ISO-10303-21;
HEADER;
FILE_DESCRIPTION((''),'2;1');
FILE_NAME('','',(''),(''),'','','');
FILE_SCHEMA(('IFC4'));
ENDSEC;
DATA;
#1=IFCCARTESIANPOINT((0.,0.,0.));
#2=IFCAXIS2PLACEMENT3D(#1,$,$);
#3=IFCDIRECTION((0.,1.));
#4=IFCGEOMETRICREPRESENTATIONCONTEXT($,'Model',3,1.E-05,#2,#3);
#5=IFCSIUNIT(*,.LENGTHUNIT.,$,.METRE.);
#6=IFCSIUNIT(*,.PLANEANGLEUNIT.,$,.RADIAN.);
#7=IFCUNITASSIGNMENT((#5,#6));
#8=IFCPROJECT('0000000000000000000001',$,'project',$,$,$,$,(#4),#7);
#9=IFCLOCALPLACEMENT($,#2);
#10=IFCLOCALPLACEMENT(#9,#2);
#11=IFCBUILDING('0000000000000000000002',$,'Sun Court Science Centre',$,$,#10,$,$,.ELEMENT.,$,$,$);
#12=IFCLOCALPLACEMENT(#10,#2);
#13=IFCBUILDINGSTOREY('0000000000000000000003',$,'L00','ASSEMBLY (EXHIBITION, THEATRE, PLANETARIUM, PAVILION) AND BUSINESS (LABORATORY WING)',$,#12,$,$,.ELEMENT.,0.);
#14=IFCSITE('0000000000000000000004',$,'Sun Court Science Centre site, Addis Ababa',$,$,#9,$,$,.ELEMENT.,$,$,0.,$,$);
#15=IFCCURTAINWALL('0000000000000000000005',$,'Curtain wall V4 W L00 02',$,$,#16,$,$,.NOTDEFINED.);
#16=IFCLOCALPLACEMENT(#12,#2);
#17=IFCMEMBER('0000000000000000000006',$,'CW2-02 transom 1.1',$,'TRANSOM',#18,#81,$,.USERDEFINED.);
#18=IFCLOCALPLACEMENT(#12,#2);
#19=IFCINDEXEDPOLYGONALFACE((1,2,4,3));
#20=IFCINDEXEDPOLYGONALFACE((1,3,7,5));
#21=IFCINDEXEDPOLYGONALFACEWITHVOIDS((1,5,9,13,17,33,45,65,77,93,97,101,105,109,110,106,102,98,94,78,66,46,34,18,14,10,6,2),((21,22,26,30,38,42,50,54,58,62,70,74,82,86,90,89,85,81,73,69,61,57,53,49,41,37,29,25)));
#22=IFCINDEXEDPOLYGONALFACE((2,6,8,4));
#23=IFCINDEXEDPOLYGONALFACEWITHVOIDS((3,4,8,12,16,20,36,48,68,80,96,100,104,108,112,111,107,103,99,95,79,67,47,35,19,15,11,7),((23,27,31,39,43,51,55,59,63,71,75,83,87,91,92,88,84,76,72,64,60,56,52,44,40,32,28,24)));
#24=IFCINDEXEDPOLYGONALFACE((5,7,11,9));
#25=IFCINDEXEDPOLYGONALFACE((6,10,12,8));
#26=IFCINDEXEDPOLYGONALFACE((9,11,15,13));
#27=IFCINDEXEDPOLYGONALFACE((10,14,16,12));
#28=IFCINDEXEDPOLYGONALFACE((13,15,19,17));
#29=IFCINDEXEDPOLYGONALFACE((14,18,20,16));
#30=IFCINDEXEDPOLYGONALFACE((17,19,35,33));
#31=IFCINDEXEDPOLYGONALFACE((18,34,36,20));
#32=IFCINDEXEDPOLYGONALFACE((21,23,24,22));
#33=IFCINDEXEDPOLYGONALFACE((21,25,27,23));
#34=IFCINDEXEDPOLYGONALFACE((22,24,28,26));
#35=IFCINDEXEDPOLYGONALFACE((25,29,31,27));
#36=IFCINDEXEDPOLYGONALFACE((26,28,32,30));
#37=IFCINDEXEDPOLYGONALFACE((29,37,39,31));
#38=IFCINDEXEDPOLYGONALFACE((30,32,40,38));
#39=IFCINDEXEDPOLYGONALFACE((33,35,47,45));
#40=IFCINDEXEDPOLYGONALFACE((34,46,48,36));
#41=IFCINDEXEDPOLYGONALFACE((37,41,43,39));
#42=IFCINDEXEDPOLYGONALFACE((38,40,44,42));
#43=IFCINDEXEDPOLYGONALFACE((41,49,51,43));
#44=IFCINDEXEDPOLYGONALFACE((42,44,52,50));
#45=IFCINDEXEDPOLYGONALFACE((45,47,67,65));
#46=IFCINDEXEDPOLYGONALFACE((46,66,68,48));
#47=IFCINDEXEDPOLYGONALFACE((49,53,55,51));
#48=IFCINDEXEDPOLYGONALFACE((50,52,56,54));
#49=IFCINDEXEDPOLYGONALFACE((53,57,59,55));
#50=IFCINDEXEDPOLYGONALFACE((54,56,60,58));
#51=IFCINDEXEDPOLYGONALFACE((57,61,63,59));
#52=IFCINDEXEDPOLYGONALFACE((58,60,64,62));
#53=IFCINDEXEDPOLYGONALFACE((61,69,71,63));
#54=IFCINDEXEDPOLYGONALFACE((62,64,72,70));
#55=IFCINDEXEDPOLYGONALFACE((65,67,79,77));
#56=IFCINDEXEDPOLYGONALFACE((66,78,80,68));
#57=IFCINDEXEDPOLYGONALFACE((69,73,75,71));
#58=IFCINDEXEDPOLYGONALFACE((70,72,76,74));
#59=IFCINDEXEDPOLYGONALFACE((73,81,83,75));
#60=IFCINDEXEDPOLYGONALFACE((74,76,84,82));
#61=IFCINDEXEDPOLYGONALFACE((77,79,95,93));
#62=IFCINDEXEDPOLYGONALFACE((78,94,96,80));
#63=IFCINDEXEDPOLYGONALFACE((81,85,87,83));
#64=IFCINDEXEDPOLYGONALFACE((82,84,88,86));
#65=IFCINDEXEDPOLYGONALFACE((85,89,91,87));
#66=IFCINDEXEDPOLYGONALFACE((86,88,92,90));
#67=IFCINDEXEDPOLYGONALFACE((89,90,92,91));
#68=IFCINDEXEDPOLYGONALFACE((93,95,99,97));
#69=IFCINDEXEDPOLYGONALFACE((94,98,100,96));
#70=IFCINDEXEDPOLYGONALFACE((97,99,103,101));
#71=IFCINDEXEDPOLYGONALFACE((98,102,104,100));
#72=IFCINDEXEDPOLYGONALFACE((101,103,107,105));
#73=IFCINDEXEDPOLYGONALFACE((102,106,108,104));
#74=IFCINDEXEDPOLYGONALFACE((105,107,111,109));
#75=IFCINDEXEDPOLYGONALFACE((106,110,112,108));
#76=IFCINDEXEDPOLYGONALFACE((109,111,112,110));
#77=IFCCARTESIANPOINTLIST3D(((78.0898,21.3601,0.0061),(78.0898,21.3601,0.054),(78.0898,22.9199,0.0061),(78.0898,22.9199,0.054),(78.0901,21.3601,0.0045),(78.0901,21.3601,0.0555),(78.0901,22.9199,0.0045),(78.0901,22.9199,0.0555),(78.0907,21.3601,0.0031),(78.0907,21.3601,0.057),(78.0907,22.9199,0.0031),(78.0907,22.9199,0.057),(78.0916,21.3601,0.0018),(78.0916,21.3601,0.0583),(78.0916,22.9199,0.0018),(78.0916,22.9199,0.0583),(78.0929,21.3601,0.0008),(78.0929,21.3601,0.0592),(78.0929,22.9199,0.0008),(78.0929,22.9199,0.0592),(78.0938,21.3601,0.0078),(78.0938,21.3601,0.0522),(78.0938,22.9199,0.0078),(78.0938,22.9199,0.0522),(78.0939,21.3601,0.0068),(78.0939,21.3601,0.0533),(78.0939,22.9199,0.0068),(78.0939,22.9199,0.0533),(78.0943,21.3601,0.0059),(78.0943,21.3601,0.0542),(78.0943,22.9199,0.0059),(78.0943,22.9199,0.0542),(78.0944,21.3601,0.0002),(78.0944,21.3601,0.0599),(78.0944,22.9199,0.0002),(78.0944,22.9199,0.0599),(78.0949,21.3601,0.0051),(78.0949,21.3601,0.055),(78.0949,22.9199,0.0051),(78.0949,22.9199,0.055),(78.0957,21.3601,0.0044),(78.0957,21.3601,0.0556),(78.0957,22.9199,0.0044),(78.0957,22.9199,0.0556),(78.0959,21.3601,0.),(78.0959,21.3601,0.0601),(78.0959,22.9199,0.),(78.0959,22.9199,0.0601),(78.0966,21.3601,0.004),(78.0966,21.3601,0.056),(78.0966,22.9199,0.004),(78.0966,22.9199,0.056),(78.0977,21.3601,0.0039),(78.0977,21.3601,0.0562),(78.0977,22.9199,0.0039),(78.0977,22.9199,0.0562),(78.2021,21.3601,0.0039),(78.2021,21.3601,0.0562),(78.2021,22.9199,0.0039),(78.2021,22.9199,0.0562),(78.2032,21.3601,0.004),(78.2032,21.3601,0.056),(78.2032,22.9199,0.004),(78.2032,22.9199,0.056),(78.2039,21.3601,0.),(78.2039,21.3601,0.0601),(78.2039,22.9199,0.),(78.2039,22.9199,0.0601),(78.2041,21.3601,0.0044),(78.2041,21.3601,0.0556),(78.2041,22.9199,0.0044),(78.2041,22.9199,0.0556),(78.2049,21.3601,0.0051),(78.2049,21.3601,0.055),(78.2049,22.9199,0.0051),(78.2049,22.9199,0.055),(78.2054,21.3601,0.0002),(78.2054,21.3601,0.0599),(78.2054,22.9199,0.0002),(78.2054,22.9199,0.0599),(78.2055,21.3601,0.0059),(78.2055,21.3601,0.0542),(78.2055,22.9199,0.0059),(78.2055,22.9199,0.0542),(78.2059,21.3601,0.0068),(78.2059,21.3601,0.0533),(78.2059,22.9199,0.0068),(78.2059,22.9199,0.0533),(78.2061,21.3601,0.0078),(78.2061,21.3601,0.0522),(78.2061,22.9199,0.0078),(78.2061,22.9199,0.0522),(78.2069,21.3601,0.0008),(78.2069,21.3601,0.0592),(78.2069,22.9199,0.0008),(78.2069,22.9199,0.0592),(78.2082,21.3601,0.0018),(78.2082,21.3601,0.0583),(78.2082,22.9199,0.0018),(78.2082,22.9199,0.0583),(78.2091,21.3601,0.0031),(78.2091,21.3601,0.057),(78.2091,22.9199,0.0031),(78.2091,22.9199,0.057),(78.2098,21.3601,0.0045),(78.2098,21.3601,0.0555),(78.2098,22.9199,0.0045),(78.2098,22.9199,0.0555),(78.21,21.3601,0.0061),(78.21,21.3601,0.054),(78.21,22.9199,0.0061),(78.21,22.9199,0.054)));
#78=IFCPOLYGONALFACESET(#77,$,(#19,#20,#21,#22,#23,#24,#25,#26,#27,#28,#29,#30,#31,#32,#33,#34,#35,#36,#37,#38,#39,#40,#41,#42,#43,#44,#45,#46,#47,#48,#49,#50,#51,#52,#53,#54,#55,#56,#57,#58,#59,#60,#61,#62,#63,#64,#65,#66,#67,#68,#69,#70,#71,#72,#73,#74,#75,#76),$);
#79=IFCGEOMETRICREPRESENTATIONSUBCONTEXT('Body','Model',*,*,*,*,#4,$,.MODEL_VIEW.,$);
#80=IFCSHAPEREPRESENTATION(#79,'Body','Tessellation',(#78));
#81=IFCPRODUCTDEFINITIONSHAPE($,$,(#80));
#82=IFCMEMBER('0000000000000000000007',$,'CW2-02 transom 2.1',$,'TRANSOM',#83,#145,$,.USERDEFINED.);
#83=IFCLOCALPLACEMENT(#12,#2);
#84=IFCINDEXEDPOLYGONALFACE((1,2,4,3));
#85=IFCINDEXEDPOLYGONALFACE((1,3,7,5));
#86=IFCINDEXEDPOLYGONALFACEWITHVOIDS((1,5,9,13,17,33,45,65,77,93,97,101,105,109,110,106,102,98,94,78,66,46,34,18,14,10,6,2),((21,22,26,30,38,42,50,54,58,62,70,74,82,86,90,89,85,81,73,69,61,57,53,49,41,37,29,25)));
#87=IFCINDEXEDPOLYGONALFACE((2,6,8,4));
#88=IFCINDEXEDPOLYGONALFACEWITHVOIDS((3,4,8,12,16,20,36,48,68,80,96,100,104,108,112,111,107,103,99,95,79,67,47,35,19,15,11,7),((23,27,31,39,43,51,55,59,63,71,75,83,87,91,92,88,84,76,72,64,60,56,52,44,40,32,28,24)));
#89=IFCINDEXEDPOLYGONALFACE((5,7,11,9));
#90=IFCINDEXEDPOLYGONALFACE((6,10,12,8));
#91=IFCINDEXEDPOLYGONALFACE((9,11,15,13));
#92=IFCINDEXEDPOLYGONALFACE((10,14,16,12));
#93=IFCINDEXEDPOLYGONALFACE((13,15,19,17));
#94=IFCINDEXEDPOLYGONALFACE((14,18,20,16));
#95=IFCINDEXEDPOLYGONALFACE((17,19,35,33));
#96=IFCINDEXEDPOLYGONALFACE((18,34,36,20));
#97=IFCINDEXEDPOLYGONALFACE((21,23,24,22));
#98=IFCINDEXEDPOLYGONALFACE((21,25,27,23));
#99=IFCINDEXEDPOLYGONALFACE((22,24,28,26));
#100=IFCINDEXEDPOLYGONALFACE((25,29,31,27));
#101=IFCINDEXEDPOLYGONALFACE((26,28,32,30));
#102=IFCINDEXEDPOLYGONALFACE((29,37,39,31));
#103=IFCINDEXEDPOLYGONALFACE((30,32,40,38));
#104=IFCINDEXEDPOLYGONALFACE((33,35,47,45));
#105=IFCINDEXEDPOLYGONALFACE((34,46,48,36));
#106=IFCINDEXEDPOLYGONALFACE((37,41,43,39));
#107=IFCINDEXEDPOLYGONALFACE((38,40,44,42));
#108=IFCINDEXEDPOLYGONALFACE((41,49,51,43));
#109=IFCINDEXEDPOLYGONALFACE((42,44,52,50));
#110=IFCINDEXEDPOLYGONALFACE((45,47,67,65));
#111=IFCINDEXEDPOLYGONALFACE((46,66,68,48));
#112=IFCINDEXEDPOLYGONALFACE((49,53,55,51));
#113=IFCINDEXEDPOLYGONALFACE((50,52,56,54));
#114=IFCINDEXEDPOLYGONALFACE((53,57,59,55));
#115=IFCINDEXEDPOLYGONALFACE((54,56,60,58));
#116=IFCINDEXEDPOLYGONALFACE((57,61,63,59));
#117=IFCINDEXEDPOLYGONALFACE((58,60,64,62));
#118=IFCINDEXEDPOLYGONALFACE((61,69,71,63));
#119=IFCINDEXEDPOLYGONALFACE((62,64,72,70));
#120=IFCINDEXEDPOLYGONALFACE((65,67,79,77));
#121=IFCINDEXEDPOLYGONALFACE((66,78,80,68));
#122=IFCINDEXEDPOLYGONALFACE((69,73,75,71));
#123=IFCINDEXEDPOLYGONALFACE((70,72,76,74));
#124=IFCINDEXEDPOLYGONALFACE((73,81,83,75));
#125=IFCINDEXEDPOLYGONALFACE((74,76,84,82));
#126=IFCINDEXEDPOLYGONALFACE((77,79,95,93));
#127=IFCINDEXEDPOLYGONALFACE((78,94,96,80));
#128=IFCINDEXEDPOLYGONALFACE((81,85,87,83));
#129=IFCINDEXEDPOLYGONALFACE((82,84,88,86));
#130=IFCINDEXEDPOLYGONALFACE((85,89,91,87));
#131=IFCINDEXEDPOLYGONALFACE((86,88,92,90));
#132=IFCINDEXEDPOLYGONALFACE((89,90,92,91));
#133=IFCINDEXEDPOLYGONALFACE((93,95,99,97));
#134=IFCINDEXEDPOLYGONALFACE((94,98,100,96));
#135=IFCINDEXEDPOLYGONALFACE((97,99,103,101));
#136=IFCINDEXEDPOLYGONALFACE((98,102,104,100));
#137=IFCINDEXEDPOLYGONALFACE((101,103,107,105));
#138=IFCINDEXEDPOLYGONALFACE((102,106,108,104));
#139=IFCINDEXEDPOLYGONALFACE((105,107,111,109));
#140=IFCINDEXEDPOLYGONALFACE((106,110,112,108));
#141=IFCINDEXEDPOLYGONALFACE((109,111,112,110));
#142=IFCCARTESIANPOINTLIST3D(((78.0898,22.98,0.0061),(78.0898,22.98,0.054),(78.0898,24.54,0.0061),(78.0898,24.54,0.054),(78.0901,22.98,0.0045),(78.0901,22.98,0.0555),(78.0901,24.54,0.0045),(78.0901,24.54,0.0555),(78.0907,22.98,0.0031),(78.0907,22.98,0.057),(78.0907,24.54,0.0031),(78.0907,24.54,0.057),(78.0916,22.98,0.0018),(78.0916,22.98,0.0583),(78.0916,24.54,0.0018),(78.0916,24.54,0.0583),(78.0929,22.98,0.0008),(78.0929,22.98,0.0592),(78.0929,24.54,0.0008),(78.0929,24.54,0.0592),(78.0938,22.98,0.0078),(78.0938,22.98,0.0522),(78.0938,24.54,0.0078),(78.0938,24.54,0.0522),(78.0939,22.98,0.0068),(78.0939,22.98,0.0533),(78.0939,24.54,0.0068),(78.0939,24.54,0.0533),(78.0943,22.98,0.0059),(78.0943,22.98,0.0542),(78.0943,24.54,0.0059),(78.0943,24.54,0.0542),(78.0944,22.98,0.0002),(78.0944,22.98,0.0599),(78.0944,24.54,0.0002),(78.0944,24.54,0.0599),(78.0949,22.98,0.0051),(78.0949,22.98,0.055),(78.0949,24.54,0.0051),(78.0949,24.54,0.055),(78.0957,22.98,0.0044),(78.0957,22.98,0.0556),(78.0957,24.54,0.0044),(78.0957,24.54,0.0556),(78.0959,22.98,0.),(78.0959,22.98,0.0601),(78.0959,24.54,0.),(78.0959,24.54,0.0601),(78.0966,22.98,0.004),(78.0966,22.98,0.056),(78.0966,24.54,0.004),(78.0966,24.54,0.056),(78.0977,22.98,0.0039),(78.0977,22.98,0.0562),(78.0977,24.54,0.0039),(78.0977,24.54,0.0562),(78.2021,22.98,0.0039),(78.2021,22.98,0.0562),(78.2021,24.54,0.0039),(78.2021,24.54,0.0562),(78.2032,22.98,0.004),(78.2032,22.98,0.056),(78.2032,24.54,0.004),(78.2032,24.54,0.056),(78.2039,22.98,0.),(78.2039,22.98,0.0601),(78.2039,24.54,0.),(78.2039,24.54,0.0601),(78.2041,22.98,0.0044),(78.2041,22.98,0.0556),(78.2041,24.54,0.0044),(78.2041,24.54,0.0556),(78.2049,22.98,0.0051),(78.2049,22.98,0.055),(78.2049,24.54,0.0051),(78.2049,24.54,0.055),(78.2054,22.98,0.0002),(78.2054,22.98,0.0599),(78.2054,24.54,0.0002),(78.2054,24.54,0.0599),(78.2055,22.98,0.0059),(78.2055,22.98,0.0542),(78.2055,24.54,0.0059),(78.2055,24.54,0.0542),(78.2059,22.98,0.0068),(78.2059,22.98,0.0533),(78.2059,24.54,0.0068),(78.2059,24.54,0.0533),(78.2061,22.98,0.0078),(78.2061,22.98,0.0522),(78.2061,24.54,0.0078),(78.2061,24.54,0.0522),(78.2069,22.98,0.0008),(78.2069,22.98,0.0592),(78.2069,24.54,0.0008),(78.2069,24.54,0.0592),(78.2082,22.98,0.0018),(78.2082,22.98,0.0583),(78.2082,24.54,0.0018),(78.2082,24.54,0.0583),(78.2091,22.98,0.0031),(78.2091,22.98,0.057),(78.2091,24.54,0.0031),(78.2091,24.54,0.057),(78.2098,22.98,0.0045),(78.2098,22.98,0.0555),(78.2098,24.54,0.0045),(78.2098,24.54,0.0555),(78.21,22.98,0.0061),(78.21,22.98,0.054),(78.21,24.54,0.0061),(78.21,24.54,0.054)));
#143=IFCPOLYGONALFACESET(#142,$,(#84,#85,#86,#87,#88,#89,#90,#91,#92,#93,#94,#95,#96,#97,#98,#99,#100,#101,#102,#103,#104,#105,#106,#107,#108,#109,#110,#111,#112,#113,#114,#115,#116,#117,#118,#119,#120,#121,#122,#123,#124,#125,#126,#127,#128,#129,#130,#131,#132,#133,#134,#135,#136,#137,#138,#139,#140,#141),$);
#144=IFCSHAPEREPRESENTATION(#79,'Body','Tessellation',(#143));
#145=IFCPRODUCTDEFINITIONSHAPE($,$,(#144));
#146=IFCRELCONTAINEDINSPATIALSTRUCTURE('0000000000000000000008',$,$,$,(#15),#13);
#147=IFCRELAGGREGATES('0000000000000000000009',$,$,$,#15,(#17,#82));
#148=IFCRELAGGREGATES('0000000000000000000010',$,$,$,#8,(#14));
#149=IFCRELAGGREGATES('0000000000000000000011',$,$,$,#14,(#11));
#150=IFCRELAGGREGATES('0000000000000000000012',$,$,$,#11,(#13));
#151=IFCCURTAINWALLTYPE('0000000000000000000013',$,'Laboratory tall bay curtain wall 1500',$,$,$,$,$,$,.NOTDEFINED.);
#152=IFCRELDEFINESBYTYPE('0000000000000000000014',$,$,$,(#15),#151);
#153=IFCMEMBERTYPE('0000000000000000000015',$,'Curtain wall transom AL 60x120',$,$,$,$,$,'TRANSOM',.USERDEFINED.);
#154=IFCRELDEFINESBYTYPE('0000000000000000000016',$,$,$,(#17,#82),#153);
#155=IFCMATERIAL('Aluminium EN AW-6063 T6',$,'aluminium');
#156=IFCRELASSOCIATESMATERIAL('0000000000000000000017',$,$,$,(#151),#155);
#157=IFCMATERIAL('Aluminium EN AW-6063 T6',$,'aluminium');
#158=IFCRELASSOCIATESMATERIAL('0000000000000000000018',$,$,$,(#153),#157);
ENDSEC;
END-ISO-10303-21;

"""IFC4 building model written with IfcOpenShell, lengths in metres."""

from ifc_helpers import new_model, si_unit, direction, frame, origin, origin_2d, place, context, subcontext, project, spatial, hollow_rectangle, extrude, material, material_profile, profile_set, type_object, element, aggregate, save


model = new_model("IFC4")

# Units and contexts
model_context = context("Model", 3, precision=1e-05, world=origin(), true_north=direction((0.0, 1.0)))
body_context = subcontext(model_context, "Body", "Model", "MODEL_VIEW")
ifc_project = project(units=[si_unit("LENGTHUNIT", "METRE"), si_unit("PLANEANGLEUNIT", "RADIAN")], contexts=[model_context])

# Site, building, storey
site_placement = place(None, origin())
site = spatial("IfcSite", under=ifc_project, at=site_placement, Name="Sun Court Science Centre site, Addis Ababa", CompositionType="ELEMENT", RefElevation=0.0)
building_placement = place(site_placement, origin())
building = spatial("IfcBuilding", under=site, at=building_placement, Name="Sun Court Science Centre", CompositionType="ELEMENT")
storey_placement = place(building_placement, origin())
storey = spatial("IfcBuildingStorey", under=building, at=storey_placement, Name="L00", Description="ASSEMBLY (EXHIBITION, THEATRE, PLANETARIUM, PAVILION) AND BUSINESS (LABORATORY WING)", CompositionType="ELEMENT", Elevation=0.0)

# Shared definitions
ifc_material_1 = material(Name="Aluminium EN AW-6063 T6", Category="aluminium")
curtain_wall_type = type_object("IfcCurtainWallType", Name="Laboratory tall bay curtain wall 1500", PredefinedType="NOTDEFINED", material=ifc_material_1)

# Curtain wall
curtain_wall_1_placement = place(storey_placement, origin())
curtain_wall_1 = element("IfcCurtainWall", 1, at=curtain_wall_1_placement, inside=storey, type_object=curtain_wall_type, Name="Curtain wall V4 W L00 02", PredefinedType="NOTDEFINED")

# Members
ifc_material_2 = material(Name="Aluminium EN AW-6063 T6", Category="aluminium")
ifc_material_profile_1 = material_profile(ifc_material_2, hollow_rectangle(XDim=0.0601, YDim=0.1201, WallThickness=0.0039, InnerFilletRadius=0.0039, OuterFilletRadius=0.0061, at=origin_2d()), Name="AL 60x120x4")
ifc_profile_set_1 = profile_set([ifc_material_profile_1], Name="Aluminium EN AW-6063 T6")
member_type_1 = type_object("IfcMemberType", Name="Curtain wall transom AL 60x120", ElementType="TRANSOM", PredefinedType="USERDEFINED", material=ifc_profile_set_1)
member_1_placement = place(storey_placement, frame((78.1499, 21.3601, 0.03), z_axis=(0.0, 1.0, 0.0), x_axis=(0.0, 0.0, 1.0)))
member_1 = element("IfcMember", 2, at=member_1_placement, type_object=member_type_1, Name="CW2-02 transom 1.1", ObjectType="TRANSOM", PredefinedType="USERDEFINED", context=body_context, shape_type="SweptSolid", body=[
    extrude(hollow_rectangle(XDim=0.0601, YDim=0.1201, WallThickness=0.0039, InnerFilletRadius=0.0039, OuterFilletRadius=0.0061, at=origin_2d()), origin(), (0.0, 0.0, 1.0), 1.5598),
])
member_2_placement = place(storey_placement, frame((78.1499, 22.98, 0.03), z_axis=(0.0, 1.0, 0.0), x_axis=(0.0, 0.0, 1.0)))
member_2 = element("IfcMember", 3, at=member_2_placement, type_object=member_type_1, Name="CW2-02 transom 2.1", ObjectType="TRANSOM", PredefinedType="USERDEFINED", context=body_context, shape_type="SweptSolid", body=[
    extrude(hollow_rectangle(XDim=0.0601, YDim=0.1201, WallThickness=0.0039, InnerFilletRadius=0.0039, OuterFilletRadius=0.0061, at=origin_2d()), origin(), (0.0, 0.0, 1.0), 1.5601),
])

aggregate(curtain_wall_1, [member_1, member_2])

save(model, "model.ifc")
